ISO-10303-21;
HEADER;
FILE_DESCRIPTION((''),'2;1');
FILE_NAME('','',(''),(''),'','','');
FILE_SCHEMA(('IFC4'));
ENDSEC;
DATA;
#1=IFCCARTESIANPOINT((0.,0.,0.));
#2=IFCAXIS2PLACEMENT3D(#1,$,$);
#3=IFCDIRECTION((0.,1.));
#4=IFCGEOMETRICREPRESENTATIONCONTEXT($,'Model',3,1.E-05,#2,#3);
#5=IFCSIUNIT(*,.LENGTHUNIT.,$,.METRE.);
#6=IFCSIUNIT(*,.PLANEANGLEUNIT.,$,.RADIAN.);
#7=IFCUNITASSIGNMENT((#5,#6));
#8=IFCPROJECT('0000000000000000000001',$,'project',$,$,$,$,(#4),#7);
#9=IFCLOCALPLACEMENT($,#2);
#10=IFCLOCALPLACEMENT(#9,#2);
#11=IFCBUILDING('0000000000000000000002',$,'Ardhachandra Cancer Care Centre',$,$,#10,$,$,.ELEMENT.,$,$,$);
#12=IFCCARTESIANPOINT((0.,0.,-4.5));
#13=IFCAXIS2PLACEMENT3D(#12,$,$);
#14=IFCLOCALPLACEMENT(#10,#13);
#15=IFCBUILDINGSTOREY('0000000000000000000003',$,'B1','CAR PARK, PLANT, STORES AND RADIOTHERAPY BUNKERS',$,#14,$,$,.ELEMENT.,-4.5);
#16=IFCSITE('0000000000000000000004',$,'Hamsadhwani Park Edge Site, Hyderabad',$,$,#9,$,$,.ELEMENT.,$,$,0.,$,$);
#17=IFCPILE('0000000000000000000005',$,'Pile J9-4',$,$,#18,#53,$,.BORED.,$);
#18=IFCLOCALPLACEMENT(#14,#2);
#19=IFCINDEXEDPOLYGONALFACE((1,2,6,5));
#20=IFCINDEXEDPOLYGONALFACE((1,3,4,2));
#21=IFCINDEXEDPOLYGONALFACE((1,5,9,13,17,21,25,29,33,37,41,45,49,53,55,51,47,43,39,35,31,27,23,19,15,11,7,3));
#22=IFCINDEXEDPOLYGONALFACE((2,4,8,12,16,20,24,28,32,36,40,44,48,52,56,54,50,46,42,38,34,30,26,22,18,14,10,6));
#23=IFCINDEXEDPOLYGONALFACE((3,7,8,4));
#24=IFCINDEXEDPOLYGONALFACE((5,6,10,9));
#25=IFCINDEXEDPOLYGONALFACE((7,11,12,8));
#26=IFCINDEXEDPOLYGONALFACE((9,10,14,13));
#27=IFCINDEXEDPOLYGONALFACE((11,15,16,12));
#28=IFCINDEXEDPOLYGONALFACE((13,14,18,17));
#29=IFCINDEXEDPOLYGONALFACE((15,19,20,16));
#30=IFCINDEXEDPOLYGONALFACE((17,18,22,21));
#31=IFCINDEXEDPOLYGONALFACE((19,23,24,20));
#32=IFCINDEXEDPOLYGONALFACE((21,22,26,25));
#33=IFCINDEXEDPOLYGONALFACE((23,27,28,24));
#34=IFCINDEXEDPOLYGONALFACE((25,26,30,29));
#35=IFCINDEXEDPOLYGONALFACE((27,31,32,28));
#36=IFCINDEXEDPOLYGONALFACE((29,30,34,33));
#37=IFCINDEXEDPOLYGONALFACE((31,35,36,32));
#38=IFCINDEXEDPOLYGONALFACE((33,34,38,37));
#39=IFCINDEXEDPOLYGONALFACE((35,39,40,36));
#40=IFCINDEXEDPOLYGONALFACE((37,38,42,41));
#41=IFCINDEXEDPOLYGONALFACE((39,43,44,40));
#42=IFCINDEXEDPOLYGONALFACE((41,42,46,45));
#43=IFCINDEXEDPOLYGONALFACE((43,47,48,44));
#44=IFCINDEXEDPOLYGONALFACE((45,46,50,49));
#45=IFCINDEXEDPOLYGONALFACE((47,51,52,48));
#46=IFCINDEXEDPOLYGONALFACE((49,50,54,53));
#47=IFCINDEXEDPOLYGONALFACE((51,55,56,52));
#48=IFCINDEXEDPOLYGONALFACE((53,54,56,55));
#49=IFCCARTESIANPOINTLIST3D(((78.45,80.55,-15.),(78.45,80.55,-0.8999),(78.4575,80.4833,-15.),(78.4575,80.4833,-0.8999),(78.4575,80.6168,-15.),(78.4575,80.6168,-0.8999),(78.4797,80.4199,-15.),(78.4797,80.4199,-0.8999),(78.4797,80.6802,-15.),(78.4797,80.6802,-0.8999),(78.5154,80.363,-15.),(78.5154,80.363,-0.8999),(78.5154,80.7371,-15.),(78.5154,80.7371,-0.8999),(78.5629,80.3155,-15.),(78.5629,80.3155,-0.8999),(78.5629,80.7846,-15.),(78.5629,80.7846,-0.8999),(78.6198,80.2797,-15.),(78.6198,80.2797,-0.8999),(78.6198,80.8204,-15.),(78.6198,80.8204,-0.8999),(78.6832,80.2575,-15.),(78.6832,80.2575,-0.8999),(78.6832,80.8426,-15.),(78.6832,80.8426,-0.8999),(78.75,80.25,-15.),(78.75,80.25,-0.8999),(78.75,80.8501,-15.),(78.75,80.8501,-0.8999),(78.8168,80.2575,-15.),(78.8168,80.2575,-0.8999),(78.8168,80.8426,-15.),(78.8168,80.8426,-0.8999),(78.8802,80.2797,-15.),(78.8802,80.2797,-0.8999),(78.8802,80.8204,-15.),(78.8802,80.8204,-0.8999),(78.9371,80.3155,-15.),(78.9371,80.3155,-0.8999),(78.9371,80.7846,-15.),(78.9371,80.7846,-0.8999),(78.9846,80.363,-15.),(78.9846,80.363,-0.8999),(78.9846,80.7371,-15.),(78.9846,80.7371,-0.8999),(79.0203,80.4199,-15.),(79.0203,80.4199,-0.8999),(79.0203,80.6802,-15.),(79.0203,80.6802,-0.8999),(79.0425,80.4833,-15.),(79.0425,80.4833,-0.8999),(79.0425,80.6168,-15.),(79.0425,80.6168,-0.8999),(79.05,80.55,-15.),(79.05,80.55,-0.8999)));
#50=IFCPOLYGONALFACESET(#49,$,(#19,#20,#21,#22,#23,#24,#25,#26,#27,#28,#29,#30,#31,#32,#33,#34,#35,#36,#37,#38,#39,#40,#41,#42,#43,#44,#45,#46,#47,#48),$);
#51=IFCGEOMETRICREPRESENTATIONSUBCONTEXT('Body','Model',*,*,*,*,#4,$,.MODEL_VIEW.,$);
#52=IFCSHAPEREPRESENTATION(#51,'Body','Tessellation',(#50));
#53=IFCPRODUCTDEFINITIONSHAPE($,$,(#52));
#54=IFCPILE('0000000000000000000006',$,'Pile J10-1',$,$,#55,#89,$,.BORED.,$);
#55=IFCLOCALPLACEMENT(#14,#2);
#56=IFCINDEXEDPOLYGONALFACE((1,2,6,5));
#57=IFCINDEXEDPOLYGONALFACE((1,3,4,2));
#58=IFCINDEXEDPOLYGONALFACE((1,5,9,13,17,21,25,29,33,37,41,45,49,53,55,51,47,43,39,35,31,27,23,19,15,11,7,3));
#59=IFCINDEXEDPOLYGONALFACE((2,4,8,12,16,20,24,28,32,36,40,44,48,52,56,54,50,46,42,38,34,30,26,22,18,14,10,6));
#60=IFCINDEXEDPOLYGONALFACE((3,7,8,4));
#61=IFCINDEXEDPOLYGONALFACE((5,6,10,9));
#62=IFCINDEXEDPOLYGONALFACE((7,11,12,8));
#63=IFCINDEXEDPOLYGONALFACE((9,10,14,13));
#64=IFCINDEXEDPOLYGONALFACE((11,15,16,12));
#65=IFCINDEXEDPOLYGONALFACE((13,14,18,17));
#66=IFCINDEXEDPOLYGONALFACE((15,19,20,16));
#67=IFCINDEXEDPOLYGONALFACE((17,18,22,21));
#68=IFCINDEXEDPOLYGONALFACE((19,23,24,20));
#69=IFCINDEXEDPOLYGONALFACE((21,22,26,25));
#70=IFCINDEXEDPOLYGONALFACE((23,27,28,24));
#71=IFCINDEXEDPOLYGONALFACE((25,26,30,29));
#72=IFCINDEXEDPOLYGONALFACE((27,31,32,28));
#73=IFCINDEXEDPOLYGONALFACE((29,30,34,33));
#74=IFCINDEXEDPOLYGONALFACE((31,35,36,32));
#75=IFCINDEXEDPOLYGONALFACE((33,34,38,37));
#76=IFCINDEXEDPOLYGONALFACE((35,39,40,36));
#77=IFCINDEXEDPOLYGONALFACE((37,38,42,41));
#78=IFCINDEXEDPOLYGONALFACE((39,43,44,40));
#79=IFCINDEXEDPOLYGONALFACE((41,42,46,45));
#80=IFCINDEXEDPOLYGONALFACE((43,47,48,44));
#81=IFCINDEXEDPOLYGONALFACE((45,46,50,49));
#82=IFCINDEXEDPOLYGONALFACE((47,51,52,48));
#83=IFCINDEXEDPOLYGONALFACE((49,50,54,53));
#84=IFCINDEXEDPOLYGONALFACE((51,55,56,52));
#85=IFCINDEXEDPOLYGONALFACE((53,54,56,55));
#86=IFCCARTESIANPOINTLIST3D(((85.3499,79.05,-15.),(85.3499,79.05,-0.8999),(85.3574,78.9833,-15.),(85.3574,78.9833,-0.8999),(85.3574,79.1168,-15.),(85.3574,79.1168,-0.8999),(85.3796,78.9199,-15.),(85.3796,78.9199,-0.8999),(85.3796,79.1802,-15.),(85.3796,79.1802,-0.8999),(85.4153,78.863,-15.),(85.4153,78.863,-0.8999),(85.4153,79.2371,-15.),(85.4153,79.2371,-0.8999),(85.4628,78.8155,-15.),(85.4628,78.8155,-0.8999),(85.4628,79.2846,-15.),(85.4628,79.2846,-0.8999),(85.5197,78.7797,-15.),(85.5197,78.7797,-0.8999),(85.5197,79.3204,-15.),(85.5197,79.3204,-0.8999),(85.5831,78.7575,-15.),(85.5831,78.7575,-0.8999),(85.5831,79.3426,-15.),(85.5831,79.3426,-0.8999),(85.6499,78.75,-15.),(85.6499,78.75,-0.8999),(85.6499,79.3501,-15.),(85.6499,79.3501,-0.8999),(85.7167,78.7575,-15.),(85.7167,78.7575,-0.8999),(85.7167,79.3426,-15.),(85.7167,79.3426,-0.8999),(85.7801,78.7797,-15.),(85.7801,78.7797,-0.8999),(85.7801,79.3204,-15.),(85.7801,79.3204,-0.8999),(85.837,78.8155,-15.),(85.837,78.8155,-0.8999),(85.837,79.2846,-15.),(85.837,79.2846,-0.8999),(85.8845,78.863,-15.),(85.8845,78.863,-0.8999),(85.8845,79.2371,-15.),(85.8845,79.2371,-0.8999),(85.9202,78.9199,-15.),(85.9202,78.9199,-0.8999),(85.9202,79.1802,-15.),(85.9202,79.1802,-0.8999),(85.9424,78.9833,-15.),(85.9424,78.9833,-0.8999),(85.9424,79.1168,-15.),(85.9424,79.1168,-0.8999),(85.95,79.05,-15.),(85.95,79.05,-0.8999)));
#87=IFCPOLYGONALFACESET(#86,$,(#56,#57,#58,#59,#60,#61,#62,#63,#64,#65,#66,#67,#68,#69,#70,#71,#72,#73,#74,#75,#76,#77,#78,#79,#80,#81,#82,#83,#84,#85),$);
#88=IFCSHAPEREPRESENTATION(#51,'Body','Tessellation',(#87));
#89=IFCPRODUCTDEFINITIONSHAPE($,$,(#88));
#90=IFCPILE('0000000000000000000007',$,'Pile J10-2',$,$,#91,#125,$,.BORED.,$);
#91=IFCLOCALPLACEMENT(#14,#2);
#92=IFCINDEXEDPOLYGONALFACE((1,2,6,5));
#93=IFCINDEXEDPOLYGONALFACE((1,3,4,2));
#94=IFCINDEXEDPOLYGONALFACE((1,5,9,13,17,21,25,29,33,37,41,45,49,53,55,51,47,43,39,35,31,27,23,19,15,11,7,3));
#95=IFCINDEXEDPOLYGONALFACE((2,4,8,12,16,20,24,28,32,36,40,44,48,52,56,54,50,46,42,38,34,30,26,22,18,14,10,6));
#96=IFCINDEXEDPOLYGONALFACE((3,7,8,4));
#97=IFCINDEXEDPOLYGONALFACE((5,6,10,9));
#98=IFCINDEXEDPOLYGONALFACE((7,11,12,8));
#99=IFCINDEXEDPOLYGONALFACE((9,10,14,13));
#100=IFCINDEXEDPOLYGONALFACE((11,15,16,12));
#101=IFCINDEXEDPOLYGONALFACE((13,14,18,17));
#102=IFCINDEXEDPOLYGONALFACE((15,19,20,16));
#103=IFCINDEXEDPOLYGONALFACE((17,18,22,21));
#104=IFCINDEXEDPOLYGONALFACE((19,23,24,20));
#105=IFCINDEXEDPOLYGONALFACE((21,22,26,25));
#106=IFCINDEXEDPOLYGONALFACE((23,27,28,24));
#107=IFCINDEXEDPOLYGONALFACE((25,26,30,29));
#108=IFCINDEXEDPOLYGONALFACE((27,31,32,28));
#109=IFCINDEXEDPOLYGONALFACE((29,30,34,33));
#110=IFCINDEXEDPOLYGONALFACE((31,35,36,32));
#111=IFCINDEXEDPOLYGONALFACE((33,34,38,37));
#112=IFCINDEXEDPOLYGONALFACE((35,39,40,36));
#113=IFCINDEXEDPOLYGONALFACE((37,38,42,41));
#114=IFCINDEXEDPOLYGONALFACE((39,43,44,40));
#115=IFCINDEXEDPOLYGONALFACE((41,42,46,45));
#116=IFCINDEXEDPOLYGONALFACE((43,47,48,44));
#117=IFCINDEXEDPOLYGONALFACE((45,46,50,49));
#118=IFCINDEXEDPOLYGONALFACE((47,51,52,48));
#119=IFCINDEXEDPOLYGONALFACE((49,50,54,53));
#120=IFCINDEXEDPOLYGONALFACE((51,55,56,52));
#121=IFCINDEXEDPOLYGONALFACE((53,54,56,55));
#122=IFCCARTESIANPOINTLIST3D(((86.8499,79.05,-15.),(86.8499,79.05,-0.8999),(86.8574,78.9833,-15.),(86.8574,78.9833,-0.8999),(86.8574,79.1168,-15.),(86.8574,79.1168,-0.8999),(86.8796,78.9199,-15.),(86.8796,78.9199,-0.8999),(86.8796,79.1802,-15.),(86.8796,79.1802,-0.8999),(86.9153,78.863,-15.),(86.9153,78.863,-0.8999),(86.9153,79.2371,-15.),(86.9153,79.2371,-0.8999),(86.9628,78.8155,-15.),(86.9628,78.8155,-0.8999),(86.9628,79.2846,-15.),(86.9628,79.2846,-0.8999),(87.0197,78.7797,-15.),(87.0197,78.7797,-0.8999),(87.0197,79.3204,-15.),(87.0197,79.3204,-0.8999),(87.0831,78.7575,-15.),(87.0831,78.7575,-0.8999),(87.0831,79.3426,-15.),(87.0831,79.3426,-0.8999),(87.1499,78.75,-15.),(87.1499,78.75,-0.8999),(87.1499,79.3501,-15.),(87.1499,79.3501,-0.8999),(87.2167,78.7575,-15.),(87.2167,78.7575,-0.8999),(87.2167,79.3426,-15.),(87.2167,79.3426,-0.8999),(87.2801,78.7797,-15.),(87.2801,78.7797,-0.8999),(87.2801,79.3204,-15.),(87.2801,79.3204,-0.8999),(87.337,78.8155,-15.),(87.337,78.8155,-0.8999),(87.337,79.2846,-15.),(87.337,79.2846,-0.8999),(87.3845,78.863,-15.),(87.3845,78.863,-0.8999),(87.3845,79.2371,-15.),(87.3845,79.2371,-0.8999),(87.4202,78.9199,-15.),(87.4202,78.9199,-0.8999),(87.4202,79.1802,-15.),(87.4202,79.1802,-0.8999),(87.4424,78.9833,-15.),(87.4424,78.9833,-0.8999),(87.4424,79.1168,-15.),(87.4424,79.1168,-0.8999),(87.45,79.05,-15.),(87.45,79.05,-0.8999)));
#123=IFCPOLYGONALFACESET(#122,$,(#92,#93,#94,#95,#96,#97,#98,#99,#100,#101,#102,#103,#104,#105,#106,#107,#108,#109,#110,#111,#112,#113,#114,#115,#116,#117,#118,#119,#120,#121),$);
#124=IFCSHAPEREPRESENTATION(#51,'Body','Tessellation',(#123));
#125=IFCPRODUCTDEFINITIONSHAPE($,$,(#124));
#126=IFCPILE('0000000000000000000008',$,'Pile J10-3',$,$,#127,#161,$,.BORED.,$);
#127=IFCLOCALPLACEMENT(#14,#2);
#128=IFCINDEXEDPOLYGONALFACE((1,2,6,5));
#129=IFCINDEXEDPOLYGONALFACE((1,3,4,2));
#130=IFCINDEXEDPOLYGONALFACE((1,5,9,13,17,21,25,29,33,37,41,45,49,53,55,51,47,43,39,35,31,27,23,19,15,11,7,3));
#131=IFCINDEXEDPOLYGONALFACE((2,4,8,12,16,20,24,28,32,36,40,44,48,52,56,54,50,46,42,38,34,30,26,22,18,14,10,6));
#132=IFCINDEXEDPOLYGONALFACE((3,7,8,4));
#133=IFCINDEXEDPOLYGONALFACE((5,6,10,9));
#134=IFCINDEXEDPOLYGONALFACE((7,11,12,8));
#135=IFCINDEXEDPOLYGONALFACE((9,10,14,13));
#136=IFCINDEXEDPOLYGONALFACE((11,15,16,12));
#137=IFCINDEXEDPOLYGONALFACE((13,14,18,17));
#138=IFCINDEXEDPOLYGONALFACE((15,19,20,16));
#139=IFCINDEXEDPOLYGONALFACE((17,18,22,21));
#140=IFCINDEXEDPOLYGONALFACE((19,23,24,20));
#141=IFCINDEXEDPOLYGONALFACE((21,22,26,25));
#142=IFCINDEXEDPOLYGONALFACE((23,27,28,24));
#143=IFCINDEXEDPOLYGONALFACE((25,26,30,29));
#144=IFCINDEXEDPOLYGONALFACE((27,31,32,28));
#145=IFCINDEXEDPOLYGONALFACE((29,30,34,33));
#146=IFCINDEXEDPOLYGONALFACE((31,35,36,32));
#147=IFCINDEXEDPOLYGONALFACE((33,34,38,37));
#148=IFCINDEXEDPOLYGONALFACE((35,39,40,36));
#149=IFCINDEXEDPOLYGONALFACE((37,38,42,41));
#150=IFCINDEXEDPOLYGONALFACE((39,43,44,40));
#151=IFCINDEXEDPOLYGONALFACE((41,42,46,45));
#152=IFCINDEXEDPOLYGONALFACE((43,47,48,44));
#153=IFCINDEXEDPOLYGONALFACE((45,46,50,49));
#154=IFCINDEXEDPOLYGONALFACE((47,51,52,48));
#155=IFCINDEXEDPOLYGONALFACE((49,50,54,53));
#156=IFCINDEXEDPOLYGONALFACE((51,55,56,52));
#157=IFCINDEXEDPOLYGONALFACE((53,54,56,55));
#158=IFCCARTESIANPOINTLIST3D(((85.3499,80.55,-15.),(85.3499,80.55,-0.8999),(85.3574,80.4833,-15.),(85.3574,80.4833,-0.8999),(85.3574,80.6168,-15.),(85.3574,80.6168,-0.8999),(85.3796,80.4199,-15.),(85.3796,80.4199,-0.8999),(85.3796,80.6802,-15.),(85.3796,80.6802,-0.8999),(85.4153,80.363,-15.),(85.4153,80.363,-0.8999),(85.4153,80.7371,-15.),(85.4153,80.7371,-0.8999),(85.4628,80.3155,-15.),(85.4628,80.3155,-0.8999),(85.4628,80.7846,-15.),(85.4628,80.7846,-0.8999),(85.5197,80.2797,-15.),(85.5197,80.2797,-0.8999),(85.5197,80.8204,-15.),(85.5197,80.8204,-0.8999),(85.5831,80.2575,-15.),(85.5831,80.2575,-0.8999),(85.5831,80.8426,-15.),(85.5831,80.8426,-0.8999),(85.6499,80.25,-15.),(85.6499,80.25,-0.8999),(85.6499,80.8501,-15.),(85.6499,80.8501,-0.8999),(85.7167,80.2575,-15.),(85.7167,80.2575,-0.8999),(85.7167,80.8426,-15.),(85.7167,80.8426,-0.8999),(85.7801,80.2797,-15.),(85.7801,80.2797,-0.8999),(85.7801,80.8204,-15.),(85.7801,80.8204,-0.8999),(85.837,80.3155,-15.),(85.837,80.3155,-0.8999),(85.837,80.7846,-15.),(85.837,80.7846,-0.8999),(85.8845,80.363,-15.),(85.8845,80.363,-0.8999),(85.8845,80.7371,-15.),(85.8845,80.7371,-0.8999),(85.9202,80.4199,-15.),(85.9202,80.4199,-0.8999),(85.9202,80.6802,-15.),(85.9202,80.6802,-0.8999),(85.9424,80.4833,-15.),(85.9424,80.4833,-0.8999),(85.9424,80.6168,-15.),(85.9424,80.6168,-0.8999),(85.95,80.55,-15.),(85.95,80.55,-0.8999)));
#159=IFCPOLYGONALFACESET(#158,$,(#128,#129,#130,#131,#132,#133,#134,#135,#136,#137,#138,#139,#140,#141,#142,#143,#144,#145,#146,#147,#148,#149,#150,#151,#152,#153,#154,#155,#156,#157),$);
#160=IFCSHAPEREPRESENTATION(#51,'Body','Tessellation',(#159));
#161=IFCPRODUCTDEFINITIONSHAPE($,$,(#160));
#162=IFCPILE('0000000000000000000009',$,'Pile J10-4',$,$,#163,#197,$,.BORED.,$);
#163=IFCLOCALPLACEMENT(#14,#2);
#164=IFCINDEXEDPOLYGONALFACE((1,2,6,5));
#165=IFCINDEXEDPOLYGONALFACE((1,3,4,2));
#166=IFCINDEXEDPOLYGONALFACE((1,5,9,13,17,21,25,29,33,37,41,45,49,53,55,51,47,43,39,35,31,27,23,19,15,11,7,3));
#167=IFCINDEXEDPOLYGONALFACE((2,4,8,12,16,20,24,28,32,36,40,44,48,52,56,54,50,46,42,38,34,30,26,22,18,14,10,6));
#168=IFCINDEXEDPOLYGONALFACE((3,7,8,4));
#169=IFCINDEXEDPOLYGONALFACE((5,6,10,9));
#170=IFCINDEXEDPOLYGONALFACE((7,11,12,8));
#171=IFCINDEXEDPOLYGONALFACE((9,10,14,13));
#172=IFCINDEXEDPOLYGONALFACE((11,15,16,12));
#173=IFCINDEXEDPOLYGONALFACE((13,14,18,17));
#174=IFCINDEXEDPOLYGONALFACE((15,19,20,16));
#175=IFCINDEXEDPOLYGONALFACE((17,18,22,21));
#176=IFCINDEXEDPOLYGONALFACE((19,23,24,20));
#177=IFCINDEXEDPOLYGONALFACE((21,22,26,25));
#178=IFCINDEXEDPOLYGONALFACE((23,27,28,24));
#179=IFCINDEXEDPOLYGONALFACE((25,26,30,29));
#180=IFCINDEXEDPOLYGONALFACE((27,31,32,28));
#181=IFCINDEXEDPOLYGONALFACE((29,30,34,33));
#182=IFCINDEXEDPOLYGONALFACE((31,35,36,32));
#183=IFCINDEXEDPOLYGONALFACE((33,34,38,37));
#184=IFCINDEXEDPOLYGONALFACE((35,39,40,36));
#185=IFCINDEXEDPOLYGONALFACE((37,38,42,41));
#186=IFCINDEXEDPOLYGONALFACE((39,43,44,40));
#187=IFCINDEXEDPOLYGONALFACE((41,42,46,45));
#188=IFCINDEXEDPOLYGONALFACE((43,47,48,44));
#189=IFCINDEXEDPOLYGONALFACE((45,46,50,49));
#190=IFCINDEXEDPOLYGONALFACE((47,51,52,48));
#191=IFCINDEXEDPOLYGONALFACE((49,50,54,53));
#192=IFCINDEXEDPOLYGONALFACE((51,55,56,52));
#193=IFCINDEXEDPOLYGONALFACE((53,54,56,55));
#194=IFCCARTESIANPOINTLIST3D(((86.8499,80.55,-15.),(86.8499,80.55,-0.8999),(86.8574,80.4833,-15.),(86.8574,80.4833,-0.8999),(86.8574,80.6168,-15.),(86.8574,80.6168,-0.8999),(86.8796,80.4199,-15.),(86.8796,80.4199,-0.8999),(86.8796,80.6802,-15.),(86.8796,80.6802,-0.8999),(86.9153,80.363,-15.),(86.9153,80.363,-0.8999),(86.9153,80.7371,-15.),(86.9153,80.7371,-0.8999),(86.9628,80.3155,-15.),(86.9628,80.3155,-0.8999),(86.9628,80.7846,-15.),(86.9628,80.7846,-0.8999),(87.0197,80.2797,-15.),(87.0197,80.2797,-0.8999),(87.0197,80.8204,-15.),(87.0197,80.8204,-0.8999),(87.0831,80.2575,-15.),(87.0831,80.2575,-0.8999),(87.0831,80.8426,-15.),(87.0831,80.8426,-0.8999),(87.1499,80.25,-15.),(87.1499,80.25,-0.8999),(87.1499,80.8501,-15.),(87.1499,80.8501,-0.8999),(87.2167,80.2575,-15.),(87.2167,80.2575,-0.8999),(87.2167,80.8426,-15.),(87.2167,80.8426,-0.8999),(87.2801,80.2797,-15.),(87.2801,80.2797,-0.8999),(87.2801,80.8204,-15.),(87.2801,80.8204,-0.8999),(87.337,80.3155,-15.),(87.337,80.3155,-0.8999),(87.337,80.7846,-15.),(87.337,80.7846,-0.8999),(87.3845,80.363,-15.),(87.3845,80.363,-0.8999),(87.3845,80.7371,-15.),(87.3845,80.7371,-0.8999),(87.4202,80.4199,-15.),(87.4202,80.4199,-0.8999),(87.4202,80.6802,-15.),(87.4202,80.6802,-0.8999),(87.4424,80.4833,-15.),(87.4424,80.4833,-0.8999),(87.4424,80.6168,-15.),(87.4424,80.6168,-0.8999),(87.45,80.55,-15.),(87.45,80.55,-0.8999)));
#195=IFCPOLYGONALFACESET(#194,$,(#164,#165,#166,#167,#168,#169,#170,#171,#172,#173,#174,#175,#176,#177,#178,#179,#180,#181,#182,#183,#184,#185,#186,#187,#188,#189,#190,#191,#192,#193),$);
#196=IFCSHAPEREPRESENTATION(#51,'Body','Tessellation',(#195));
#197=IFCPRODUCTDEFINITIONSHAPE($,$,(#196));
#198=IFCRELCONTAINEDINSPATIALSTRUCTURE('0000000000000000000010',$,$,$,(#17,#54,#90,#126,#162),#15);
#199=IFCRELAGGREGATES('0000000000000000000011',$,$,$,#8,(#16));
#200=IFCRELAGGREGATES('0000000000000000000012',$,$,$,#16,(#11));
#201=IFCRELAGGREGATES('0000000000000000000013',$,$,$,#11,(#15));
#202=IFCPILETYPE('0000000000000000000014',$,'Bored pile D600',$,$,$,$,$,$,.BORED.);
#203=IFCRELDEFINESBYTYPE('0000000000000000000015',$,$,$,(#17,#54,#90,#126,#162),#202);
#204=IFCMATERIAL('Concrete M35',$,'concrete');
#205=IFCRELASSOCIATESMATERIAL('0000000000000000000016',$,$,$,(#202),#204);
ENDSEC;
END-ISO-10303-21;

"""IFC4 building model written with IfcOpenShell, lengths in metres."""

from ifc_helpers import new_model, si_unit, direction, frame, origin, origin_2d, place, context, subcontext, project, spatial, circle, extrude, material, material_profile, profile_set, type_object, element, save


model = new_model("IFC4")

# Units and contexts
model_context = context("Model", 3, precision=1e-05, world=origin(), true_north=direction((0.0, 1.0)))
body_context = subcontext(model_context, "Body", "Model", "MODEL_VIEW")
ifc_project = project(units=[si_unit("LENGTHUNIT", "METRE"), si_unit("PLANEANGLEUNIT", "RADIAN")], contexts=[model_context])

# Site, building, storey
site_placement = place(None, origin())
site = spatial("IfcSite", under=ifc_project, at=site_placement, Name="Hamsadhwani Park Edge Site, Hyderabad", CompositionType="ELEMENT", RefElevation=0.0)
building_placement = place(site_placement, origin())
building = spatial("IfcBuilding", under=site, at=building_placement, Name="Ardhachandra Cancer Care Centre", CompositionType="ELEMENT")
storey_placement = place(building_placement, frame((0.0, 0.0, -4.5)))
storey = spatial("IfcBuildingStorey", under=building, at=storey_placement, Name="B1", Description="CAR PARK, PLANT, STORES AND RADIOTHERAPY BUNKERS", CompositionType="ELEMENT", Elevation=-4.5)

# Piles
ifc_material_1 = material(Name="Concrete M35", Category="concrete")
ifc_material_profile_1 = material_profile(ifc_material_1, circle(Radius=0.3, at=origin_2d()), Name="D600")
ifc_profile_set_1 = profile_set([ifc_material_profile_1], Name="Concrete M35")
pile_type = type_object("IfcPileType", Name="Bored pile D600", PredefinedType="BORED", material=ifc_profile_set_1)
for number, where, z_axis, x_axis, name in (
    (1, (78.75, 80.55, -0.8999), (0.0, 0.0, -1.0), (1.0, 0.0, 0.0), "Pile J9-4"),
    (2, (85.6499, 79.05, -0.8999), (0.0, 0.0, -1.0), (1.0, 0.0, 0.0), "Pile J10-1"),
    (3, (87.1499, 79.05, -0.8999), (0.0, 0.0, -1.0), (1.0, 0.0, 0.0), "Pile J10-2"),
    (4, (85.6499, 80.55, -0.8999), (0.0, 0.0, -1.0), (1.0, 0.0, 0.0), "Pile J10-3"),
    (5, (87.1499, 80.55, -0.8999), (0.0, 0.0, -1.0), (1.0, 0.0, 0.0), "Pile J10-4"),
):
    element("IfcPile", number, at=place(storey_placement, frame(where, z_axis=z_axis, x_axis=x_axis)), inside=storey, type_object=pile_type, Name=name, PredefinedType="BORED", context=body_context, shape_type="SweptSolid", body=[
        extrude(circle(Radius=0.3, at=origin_2d()), origin(), (0.0, 0.0, 1.0), 14.1001),
    ])

save(model, "model.ifc")
